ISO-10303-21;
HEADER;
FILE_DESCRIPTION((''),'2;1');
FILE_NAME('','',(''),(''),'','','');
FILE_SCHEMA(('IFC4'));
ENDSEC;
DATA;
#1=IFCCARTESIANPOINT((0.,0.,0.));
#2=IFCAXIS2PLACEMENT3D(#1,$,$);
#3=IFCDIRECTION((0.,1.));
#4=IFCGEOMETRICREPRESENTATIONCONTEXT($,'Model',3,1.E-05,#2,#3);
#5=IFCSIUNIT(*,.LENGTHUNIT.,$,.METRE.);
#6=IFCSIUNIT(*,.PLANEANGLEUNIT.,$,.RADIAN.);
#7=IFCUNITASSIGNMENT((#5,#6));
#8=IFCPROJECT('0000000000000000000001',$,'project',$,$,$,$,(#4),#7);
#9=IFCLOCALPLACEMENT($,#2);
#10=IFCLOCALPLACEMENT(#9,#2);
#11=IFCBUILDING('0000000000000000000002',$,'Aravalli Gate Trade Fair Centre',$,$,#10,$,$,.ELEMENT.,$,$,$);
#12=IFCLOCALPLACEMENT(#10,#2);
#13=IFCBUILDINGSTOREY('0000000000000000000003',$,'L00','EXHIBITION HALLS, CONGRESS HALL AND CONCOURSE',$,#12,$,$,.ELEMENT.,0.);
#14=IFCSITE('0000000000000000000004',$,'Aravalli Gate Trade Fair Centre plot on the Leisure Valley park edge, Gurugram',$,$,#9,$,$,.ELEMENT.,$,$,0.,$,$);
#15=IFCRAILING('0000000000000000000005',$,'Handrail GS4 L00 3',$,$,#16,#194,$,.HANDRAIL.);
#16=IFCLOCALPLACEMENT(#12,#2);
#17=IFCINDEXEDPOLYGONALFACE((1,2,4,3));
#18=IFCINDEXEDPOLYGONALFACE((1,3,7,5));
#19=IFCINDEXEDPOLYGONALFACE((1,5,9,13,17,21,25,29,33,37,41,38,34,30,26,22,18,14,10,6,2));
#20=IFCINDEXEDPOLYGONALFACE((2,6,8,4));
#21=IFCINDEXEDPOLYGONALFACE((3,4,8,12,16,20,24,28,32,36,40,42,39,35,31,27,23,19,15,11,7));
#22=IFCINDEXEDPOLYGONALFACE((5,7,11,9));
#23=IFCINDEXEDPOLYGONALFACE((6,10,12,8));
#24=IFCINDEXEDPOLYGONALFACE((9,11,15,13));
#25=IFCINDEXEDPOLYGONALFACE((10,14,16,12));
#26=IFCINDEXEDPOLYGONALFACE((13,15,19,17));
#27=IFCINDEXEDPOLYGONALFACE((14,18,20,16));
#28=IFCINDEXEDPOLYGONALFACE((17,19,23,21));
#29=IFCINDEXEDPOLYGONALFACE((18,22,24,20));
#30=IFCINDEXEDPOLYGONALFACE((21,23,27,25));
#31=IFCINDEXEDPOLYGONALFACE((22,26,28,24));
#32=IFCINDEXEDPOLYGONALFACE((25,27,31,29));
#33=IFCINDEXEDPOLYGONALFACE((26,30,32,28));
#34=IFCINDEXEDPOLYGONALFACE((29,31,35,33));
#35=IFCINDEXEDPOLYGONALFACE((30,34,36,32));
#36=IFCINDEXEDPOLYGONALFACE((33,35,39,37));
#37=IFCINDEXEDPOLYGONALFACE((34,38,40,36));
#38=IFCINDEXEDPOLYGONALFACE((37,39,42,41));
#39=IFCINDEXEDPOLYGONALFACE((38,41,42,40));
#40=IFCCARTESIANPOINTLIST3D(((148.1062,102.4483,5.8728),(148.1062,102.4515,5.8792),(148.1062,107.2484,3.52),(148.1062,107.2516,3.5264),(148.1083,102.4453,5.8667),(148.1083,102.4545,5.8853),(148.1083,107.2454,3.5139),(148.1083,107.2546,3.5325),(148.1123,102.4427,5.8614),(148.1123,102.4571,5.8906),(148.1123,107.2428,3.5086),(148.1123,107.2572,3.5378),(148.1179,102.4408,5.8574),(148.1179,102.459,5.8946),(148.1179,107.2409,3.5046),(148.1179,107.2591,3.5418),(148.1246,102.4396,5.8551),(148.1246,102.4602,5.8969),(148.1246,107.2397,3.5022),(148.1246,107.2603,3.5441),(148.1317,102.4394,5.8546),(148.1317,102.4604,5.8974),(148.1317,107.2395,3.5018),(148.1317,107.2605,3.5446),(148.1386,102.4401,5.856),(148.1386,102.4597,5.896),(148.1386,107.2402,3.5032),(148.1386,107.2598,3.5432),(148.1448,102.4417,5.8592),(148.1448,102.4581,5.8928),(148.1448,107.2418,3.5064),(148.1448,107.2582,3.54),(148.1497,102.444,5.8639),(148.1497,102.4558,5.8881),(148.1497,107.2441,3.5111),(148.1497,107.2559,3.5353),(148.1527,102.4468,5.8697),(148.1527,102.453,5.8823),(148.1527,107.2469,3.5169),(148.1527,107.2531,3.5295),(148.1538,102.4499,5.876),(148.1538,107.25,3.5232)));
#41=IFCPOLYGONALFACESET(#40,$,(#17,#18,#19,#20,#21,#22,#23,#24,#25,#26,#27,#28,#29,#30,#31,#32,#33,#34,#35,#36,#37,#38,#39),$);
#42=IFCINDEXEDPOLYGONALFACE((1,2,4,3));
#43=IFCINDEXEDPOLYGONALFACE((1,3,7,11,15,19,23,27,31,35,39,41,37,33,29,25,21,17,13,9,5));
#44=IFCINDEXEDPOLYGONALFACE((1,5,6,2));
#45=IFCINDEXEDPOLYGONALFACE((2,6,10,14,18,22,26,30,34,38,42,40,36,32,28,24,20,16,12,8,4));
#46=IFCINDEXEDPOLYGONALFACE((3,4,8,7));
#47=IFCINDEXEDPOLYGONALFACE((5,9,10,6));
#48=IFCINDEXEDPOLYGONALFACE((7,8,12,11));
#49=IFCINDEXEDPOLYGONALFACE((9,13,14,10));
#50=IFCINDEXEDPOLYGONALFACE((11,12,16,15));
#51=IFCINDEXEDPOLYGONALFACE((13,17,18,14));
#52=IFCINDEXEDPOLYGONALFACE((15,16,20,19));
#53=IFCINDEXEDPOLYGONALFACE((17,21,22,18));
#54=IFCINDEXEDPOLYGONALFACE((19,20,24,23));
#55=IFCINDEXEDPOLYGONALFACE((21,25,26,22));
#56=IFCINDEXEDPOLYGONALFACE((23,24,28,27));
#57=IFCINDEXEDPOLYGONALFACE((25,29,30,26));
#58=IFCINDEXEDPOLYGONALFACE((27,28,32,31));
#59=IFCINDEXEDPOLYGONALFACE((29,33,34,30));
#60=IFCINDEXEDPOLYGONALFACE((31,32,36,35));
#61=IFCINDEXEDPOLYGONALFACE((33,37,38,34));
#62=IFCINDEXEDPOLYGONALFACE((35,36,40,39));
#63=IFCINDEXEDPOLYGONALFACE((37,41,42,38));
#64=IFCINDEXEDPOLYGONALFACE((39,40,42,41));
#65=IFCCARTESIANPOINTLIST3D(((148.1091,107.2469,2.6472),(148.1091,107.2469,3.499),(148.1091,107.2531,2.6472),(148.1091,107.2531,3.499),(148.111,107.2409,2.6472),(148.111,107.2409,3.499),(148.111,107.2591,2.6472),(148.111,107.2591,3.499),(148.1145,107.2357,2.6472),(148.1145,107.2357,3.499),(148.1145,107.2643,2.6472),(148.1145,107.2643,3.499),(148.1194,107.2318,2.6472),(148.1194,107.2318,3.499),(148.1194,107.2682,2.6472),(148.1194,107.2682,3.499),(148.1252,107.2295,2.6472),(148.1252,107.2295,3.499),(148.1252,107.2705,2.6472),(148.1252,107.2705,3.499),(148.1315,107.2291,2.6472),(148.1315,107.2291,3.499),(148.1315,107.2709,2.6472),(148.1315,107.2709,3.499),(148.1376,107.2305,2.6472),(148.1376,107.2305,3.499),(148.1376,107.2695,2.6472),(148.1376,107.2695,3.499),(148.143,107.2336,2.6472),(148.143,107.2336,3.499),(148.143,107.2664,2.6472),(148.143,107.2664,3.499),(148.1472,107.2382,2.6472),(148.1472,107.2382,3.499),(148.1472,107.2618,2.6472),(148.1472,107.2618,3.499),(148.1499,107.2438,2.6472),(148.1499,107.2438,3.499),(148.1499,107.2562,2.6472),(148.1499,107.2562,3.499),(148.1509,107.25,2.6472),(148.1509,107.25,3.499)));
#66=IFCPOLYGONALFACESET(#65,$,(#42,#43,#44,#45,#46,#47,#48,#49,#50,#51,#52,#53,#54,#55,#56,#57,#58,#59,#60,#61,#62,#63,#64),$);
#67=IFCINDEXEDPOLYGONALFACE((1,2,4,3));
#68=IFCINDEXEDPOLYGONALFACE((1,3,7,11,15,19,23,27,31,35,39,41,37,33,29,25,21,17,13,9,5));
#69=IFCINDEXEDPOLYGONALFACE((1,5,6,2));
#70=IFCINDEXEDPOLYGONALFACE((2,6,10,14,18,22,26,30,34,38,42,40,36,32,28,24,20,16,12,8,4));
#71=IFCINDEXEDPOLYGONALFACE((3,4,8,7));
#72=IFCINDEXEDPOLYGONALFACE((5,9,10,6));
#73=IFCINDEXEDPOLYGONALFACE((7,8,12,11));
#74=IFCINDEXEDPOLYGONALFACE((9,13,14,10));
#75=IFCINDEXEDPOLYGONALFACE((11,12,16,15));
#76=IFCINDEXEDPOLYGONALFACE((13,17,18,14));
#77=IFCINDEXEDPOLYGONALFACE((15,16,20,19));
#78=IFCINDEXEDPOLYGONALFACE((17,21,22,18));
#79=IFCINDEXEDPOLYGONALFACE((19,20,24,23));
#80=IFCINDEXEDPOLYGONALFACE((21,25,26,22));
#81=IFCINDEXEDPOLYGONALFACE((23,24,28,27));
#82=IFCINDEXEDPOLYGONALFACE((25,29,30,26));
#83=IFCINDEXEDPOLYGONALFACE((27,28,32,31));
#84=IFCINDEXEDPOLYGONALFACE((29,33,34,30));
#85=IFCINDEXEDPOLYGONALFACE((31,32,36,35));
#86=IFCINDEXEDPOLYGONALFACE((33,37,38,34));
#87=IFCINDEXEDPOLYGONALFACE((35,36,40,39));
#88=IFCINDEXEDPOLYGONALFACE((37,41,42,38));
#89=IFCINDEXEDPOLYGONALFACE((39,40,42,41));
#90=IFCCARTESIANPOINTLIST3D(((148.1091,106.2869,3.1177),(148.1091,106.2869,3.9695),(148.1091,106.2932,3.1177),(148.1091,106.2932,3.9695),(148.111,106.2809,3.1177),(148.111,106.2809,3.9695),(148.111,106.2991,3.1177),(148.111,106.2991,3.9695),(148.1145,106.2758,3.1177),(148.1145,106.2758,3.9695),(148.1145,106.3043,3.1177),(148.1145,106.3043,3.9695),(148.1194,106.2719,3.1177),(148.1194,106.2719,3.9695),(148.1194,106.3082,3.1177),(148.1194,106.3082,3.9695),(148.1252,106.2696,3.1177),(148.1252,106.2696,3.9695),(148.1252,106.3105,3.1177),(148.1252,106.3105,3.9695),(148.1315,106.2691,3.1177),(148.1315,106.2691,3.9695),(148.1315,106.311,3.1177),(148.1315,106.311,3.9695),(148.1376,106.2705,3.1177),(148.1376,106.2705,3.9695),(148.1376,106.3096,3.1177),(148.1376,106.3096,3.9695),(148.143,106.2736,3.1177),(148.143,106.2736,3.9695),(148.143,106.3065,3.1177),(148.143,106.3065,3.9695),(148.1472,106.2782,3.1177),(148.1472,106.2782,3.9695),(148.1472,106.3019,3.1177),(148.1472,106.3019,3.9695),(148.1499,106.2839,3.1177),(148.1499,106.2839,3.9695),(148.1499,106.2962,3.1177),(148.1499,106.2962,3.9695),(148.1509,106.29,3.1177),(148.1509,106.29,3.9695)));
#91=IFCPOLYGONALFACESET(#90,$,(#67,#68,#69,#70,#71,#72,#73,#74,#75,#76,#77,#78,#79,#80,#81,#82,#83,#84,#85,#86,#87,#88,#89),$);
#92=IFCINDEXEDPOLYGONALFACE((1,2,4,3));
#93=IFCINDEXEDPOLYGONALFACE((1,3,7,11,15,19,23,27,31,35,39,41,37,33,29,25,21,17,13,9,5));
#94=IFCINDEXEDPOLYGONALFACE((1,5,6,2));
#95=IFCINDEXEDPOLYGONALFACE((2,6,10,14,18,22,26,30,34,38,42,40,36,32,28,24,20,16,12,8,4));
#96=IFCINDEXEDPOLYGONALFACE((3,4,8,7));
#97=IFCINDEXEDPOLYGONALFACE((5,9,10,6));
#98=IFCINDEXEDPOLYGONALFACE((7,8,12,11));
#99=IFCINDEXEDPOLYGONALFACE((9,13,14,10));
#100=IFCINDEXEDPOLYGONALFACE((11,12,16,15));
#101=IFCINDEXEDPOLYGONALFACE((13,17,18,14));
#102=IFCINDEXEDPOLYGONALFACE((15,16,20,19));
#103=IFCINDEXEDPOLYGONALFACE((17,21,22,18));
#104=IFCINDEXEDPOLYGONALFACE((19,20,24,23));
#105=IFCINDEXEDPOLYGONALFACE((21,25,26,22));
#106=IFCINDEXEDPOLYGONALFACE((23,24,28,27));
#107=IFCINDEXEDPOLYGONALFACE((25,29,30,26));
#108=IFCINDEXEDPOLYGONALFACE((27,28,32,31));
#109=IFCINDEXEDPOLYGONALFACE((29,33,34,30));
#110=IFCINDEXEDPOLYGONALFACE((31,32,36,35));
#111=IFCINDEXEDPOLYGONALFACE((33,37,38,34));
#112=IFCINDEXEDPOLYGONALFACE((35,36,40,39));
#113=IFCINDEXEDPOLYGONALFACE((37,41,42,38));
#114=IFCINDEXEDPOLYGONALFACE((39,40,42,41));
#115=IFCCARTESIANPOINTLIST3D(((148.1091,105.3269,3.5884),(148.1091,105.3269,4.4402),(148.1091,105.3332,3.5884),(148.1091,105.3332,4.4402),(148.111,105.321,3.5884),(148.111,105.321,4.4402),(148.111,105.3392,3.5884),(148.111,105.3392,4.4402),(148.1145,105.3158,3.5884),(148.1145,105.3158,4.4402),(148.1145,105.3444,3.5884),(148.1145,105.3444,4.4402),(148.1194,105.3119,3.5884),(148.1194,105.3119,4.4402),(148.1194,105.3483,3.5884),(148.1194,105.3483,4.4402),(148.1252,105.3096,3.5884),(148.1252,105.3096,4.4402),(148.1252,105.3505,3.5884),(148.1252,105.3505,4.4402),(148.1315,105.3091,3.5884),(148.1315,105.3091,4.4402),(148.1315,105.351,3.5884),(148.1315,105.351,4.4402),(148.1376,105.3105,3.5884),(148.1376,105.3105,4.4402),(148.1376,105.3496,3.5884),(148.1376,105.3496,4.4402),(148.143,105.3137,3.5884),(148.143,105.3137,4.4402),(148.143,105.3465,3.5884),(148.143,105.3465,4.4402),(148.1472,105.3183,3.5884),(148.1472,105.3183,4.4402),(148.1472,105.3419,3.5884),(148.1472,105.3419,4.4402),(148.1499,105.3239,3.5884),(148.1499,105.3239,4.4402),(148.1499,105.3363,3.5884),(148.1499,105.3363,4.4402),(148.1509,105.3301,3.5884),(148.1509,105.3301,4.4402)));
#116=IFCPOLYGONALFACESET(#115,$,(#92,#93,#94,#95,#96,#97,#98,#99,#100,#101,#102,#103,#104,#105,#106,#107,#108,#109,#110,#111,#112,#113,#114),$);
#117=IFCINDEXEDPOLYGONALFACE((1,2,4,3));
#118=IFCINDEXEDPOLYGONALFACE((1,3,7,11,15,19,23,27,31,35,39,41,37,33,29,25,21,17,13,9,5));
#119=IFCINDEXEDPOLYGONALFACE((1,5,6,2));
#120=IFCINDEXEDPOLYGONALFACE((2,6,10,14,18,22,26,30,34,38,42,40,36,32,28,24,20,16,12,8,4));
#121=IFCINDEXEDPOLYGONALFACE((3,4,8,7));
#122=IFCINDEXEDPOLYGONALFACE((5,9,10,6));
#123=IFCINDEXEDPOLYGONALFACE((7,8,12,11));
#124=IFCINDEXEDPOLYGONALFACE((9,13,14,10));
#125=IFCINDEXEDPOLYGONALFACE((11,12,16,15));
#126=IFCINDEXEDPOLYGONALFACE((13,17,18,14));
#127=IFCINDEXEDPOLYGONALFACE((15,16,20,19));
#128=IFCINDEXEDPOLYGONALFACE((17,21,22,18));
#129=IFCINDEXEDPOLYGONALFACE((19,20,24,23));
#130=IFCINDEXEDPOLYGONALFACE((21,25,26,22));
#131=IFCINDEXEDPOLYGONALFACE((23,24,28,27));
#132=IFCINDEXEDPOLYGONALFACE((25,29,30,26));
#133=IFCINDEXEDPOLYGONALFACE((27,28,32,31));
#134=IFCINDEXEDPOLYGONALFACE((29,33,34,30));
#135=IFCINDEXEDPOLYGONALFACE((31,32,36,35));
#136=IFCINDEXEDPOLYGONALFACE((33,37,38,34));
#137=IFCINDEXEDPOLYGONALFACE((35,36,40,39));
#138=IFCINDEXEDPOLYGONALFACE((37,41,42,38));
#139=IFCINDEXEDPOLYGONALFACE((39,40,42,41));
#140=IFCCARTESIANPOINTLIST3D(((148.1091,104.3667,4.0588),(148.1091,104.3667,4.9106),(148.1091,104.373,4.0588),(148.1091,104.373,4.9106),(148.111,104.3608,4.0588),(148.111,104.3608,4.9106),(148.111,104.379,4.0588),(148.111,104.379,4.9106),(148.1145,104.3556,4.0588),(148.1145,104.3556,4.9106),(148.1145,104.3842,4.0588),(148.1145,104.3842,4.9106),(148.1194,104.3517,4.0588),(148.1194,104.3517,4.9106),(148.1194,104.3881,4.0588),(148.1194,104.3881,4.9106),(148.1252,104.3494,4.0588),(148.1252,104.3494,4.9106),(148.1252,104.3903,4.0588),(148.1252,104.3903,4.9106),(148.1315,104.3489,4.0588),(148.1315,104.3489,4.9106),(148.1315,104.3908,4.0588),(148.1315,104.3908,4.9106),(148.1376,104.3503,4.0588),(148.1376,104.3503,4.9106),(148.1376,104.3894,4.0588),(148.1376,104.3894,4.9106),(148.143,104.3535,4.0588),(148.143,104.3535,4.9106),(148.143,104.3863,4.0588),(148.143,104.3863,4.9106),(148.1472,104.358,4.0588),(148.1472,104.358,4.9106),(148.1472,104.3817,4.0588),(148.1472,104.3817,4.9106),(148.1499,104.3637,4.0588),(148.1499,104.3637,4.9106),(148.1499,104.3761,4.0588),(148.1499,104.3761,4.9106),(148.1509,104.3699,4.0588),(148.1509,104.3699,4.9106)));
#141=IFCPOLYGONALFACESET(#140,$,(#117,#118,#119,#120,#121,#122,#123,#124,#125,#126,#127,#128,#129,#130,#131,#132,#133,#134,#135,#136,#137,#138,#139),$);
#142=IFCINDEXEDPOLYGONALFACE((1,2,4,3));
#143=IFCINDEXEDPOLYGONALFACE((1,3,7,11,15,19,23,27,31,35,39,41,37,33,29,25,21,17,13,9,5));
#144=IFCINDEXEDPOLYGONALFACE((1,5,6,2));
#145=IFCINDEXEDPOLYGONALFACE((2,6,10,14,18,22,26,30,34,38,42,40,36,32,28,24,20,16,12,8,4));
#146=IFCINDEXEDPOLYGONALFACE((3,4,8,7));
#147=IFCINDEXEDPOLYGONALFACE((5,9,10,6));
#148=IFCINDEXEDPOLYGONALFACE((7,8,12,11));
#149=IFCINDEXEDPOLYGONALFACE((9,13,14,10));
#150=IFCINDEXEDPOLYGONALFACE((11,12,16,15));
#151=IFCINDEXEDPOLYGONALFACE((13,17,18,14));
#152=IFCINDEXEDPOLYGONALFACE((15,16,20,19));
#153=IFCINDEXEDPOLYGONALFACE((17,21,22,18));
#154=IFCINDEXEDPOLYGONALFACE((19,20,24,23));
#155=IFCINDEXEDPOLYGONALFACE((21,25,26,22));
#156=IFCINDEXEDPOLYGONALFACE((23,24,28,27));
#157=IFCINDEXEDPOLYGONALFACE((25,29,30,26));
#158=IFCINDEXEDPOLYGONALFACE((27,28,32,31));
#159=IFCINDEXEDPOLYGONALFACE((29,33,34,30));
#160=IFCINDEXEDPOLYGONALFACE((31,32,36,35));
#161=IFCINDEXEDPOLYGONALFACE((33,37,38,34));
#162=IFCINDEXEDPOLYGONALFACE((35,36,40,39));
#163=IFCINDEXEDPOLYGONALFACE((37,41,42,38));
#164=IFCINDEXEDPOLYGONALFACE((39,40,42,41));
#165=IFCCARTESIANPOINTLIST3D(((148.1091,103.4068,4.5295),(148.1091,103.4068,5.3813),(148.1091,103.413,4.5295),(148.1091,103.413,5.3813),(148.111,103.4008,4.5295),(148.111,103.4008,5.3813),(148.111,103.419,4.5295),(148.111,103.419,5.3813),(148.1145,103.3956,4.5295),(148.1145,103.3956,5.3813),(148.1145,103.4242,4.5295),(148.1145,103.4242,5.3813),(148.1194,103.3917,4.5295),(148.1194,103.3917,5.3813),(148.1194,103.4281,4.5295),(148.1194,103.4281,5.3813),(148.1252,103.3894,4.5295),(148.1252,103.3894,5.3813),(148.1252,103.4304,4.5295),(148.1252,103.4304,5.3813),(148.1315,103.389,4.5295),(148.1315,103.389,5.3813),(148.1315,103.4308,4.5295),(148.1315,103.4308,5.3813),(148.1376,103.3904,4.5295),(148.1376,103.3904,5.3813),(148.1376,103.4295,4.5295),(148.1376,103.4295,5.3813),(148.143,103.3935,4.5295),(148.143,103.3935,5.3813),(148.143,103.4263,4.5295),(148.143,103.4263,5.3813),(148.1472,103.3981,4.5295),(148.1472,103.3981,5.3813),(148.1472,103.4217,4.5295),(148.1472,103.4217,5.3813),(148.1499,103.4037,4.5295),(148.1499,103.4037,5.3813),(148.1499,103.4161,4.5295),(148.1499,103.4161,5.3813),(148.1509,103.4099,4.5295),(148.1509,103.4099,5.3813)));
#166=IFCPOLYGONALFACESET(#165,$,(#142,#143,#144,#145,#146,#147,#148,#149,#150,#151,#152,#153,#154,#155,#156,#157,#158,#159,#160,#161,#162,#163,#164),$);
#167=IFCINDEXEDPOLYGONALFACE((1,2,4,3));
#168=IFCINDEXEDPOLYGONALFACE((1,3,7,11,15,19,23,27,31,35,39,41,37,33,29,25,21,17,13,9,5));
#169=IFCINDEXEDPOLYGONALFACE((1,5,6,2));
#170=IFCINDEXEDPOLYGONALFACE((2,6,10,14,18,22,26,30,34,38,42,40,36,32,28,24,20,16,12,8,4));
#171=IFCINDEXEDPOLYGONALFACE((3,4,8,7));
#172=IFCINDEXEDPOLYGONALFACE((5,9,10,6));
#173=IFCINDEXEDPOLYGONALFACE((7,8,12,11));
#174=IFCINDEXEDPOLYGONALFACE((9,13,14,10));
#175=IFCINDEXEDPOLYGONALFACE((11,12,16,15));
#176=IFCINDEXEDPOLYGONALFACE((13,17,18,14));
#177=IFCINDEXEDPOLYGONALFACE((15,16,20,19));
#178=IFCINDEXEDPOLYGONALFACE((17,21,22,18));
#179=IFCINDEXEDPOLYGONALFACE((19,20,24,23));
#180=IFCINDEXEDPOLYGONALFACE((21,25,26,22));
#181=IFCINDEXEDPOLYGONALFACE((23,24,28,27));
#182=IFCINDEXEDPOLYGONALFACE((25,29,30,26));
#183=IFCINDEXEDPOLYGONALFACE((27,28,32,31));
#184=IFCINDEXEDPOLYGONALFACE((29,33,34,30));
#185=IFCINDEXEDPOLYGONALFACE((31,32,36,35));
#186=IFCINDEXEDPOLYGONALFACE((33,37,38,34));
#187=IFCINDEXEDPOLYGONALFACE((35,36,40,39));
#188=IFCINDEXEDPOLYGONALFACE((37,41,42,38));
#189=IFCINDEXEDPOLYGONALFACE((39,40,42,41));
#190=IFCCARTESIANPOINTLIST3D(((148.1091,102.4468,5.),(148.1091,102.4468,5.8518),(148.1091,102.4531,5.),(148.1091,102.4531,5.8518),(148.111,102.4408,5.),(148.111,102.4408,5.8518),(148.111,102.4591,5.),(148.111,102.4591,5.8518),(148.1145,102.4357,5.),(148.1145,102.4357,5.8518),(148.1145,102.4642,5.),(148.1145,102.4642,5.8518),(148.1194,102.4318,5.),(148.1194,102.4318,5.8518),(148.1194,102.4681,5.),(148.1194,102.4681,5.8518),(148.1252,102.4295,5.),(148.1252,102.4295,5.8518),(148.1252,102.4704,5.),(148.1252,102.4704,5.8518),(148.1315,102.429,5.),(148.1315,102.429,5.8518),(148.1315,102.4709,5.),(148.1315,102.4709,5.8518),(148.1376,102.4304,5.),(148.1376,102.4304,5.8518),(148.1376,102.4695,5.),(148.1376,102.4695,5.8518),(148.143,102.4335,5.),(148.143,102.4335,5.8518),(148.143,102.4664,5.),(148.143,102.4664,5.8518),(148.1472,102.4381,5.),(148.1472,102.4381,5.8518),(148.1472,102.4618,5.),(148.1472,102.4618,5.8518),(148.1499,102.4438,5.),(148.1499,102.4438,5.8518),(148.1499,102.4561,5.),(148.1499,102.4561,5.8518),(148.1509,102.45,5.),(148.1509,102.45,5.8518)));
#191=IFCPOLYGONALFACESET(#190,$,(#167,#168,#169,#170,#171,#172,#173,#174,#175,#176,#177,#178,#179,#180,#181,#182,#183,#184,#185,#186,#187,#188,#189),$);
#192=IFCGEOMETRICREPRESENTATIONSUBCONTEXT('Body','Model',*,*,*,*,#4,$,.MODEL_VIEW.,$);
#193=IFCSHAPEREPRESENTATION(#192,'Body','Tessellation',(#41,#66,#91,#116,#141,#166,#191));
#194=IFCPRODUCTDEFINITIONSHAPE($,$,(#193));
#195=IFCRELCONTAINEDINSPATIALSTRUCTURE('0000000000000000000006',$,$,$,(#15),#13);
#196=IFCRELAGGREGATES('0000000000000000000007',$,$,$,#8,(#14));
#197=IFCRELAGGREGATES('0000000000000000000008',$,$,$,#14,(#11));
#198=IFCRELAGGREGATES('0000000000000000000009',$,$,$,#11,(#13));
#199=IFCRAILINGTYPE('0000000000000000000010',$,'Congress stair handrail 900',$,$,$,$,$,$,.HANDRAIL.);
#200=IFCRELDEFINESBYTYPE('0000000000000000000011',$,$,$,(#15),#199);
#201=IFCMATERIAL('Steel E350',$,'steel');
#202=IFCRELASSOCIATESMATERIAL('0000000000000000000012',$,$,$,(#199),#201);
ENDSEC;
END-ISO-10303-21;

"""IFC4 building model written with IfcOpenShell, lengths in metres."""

from ifc_helpers import new_model, si_unit, direction, frame, origin, origin_2d, place, context, subcontext, project, spatial, circle, extrude, material, type_object, element, save


model = new_model("IFC4")

# Units and contexts
model_context = context("Model", 3, precision=1e-05, world=origin(), true_north=direction((0.0, 1.0)))
body_context = subcontext(model_context, "Body", "Model", "MODEL_VIEW")
ifc_project = project(units=[si_unit("LENGTHUNIT", "METRE"), si_unit("PLANEANGLEUNIT", "RADIAN")], contexts=[model_context])

# Site, building, storey
site_placement = place(None, origin())
site = spatial("IfcSite", under=ifc_project, at=site_placement, Name="Aravalli Gate Trade Fair Centre plot on the Leisure Valley park edge, Gurugram", CompositionType="ELEMENT", RefElevation=0.0)
building_placement = place(site_placement, origin())
building = spatial("IfcBuilding", under=site, at=building_placement, Name="Aravalli Gate Trade Fair Centre", CompositionType="ELEMENT")
storey_placement = place(building_placement, origin())
storey = spatial("IfcBuildingStorey", under=building, at=storey_placement, Name="L00", Description="EXHIBITION HALLS, CONGRESS HALL AND CONCOURSE", CompositionType="ELEMENT", Elevation=0.0)

# Shared definitions
ifc_material_1 = material(Name="Steel E350", Category="steel")

# Railing
railing_type_1 = type_object("IfcRailingType", Name="Congress stair handrail 900", PredefinedType="HANDRAIL", material=ifc_material_1)
railing_1_placement = place(storey_placement, frame((148.1299, 107.25, 2.6472)))
element("IfcRailing", 1, at=railing_1_placement, inside=storey, type_object=railing_type_1, Name="Handrail GS4 L00 3", PredefinedType="HANDRAIL", context=body_context, shape_type="SweptSolid", body=[
    extrude(circle(Radius=0.0239, at=origin_2d()), frame((0.0, 0.0, 0.876), z_axis=(0.0, -0.897934, 0.44013), x_axis=(1.0, 0.0, 0.0)), (0.0, 0.0, 1.0), 5.3457),
    extrude(circle(Radius=0.021, at=origin_2d()), origin(), (0.0, 0.0, 1.0), 0.8518),
    extrude(circle(Radius=0.021, at=origin_2d()), frame((0.0, -0.96, 0.4705)), (0.0, 0.0, 1.0), 0.8518),
    extrude(circle(Radius=0.021, at=origin_2d()), frame((0.0, -1.9199, 0.9412)), (0.0, 0.0, 1.0), 0.8518),
    extrude(circle(Radius=0.021, at=origin_2d()), frame((0.0, -2.8801, 1.4116)), (0.0, 0.0, 1.0), 0.8518),
    extrude(circle(Radius=0.021, at=origin_2d()), frame((0.0, -3.8401, 1.8823)), (0.0, 0.0, 1.0), 0.8518),
    extrude(circle(Radius=0.021, at=origin_2d()), frame((0.0, -4.8, 2.3528)), (0.0, 0.0, 1.0), 0.8518),
])

save(model, "model.ifc")
